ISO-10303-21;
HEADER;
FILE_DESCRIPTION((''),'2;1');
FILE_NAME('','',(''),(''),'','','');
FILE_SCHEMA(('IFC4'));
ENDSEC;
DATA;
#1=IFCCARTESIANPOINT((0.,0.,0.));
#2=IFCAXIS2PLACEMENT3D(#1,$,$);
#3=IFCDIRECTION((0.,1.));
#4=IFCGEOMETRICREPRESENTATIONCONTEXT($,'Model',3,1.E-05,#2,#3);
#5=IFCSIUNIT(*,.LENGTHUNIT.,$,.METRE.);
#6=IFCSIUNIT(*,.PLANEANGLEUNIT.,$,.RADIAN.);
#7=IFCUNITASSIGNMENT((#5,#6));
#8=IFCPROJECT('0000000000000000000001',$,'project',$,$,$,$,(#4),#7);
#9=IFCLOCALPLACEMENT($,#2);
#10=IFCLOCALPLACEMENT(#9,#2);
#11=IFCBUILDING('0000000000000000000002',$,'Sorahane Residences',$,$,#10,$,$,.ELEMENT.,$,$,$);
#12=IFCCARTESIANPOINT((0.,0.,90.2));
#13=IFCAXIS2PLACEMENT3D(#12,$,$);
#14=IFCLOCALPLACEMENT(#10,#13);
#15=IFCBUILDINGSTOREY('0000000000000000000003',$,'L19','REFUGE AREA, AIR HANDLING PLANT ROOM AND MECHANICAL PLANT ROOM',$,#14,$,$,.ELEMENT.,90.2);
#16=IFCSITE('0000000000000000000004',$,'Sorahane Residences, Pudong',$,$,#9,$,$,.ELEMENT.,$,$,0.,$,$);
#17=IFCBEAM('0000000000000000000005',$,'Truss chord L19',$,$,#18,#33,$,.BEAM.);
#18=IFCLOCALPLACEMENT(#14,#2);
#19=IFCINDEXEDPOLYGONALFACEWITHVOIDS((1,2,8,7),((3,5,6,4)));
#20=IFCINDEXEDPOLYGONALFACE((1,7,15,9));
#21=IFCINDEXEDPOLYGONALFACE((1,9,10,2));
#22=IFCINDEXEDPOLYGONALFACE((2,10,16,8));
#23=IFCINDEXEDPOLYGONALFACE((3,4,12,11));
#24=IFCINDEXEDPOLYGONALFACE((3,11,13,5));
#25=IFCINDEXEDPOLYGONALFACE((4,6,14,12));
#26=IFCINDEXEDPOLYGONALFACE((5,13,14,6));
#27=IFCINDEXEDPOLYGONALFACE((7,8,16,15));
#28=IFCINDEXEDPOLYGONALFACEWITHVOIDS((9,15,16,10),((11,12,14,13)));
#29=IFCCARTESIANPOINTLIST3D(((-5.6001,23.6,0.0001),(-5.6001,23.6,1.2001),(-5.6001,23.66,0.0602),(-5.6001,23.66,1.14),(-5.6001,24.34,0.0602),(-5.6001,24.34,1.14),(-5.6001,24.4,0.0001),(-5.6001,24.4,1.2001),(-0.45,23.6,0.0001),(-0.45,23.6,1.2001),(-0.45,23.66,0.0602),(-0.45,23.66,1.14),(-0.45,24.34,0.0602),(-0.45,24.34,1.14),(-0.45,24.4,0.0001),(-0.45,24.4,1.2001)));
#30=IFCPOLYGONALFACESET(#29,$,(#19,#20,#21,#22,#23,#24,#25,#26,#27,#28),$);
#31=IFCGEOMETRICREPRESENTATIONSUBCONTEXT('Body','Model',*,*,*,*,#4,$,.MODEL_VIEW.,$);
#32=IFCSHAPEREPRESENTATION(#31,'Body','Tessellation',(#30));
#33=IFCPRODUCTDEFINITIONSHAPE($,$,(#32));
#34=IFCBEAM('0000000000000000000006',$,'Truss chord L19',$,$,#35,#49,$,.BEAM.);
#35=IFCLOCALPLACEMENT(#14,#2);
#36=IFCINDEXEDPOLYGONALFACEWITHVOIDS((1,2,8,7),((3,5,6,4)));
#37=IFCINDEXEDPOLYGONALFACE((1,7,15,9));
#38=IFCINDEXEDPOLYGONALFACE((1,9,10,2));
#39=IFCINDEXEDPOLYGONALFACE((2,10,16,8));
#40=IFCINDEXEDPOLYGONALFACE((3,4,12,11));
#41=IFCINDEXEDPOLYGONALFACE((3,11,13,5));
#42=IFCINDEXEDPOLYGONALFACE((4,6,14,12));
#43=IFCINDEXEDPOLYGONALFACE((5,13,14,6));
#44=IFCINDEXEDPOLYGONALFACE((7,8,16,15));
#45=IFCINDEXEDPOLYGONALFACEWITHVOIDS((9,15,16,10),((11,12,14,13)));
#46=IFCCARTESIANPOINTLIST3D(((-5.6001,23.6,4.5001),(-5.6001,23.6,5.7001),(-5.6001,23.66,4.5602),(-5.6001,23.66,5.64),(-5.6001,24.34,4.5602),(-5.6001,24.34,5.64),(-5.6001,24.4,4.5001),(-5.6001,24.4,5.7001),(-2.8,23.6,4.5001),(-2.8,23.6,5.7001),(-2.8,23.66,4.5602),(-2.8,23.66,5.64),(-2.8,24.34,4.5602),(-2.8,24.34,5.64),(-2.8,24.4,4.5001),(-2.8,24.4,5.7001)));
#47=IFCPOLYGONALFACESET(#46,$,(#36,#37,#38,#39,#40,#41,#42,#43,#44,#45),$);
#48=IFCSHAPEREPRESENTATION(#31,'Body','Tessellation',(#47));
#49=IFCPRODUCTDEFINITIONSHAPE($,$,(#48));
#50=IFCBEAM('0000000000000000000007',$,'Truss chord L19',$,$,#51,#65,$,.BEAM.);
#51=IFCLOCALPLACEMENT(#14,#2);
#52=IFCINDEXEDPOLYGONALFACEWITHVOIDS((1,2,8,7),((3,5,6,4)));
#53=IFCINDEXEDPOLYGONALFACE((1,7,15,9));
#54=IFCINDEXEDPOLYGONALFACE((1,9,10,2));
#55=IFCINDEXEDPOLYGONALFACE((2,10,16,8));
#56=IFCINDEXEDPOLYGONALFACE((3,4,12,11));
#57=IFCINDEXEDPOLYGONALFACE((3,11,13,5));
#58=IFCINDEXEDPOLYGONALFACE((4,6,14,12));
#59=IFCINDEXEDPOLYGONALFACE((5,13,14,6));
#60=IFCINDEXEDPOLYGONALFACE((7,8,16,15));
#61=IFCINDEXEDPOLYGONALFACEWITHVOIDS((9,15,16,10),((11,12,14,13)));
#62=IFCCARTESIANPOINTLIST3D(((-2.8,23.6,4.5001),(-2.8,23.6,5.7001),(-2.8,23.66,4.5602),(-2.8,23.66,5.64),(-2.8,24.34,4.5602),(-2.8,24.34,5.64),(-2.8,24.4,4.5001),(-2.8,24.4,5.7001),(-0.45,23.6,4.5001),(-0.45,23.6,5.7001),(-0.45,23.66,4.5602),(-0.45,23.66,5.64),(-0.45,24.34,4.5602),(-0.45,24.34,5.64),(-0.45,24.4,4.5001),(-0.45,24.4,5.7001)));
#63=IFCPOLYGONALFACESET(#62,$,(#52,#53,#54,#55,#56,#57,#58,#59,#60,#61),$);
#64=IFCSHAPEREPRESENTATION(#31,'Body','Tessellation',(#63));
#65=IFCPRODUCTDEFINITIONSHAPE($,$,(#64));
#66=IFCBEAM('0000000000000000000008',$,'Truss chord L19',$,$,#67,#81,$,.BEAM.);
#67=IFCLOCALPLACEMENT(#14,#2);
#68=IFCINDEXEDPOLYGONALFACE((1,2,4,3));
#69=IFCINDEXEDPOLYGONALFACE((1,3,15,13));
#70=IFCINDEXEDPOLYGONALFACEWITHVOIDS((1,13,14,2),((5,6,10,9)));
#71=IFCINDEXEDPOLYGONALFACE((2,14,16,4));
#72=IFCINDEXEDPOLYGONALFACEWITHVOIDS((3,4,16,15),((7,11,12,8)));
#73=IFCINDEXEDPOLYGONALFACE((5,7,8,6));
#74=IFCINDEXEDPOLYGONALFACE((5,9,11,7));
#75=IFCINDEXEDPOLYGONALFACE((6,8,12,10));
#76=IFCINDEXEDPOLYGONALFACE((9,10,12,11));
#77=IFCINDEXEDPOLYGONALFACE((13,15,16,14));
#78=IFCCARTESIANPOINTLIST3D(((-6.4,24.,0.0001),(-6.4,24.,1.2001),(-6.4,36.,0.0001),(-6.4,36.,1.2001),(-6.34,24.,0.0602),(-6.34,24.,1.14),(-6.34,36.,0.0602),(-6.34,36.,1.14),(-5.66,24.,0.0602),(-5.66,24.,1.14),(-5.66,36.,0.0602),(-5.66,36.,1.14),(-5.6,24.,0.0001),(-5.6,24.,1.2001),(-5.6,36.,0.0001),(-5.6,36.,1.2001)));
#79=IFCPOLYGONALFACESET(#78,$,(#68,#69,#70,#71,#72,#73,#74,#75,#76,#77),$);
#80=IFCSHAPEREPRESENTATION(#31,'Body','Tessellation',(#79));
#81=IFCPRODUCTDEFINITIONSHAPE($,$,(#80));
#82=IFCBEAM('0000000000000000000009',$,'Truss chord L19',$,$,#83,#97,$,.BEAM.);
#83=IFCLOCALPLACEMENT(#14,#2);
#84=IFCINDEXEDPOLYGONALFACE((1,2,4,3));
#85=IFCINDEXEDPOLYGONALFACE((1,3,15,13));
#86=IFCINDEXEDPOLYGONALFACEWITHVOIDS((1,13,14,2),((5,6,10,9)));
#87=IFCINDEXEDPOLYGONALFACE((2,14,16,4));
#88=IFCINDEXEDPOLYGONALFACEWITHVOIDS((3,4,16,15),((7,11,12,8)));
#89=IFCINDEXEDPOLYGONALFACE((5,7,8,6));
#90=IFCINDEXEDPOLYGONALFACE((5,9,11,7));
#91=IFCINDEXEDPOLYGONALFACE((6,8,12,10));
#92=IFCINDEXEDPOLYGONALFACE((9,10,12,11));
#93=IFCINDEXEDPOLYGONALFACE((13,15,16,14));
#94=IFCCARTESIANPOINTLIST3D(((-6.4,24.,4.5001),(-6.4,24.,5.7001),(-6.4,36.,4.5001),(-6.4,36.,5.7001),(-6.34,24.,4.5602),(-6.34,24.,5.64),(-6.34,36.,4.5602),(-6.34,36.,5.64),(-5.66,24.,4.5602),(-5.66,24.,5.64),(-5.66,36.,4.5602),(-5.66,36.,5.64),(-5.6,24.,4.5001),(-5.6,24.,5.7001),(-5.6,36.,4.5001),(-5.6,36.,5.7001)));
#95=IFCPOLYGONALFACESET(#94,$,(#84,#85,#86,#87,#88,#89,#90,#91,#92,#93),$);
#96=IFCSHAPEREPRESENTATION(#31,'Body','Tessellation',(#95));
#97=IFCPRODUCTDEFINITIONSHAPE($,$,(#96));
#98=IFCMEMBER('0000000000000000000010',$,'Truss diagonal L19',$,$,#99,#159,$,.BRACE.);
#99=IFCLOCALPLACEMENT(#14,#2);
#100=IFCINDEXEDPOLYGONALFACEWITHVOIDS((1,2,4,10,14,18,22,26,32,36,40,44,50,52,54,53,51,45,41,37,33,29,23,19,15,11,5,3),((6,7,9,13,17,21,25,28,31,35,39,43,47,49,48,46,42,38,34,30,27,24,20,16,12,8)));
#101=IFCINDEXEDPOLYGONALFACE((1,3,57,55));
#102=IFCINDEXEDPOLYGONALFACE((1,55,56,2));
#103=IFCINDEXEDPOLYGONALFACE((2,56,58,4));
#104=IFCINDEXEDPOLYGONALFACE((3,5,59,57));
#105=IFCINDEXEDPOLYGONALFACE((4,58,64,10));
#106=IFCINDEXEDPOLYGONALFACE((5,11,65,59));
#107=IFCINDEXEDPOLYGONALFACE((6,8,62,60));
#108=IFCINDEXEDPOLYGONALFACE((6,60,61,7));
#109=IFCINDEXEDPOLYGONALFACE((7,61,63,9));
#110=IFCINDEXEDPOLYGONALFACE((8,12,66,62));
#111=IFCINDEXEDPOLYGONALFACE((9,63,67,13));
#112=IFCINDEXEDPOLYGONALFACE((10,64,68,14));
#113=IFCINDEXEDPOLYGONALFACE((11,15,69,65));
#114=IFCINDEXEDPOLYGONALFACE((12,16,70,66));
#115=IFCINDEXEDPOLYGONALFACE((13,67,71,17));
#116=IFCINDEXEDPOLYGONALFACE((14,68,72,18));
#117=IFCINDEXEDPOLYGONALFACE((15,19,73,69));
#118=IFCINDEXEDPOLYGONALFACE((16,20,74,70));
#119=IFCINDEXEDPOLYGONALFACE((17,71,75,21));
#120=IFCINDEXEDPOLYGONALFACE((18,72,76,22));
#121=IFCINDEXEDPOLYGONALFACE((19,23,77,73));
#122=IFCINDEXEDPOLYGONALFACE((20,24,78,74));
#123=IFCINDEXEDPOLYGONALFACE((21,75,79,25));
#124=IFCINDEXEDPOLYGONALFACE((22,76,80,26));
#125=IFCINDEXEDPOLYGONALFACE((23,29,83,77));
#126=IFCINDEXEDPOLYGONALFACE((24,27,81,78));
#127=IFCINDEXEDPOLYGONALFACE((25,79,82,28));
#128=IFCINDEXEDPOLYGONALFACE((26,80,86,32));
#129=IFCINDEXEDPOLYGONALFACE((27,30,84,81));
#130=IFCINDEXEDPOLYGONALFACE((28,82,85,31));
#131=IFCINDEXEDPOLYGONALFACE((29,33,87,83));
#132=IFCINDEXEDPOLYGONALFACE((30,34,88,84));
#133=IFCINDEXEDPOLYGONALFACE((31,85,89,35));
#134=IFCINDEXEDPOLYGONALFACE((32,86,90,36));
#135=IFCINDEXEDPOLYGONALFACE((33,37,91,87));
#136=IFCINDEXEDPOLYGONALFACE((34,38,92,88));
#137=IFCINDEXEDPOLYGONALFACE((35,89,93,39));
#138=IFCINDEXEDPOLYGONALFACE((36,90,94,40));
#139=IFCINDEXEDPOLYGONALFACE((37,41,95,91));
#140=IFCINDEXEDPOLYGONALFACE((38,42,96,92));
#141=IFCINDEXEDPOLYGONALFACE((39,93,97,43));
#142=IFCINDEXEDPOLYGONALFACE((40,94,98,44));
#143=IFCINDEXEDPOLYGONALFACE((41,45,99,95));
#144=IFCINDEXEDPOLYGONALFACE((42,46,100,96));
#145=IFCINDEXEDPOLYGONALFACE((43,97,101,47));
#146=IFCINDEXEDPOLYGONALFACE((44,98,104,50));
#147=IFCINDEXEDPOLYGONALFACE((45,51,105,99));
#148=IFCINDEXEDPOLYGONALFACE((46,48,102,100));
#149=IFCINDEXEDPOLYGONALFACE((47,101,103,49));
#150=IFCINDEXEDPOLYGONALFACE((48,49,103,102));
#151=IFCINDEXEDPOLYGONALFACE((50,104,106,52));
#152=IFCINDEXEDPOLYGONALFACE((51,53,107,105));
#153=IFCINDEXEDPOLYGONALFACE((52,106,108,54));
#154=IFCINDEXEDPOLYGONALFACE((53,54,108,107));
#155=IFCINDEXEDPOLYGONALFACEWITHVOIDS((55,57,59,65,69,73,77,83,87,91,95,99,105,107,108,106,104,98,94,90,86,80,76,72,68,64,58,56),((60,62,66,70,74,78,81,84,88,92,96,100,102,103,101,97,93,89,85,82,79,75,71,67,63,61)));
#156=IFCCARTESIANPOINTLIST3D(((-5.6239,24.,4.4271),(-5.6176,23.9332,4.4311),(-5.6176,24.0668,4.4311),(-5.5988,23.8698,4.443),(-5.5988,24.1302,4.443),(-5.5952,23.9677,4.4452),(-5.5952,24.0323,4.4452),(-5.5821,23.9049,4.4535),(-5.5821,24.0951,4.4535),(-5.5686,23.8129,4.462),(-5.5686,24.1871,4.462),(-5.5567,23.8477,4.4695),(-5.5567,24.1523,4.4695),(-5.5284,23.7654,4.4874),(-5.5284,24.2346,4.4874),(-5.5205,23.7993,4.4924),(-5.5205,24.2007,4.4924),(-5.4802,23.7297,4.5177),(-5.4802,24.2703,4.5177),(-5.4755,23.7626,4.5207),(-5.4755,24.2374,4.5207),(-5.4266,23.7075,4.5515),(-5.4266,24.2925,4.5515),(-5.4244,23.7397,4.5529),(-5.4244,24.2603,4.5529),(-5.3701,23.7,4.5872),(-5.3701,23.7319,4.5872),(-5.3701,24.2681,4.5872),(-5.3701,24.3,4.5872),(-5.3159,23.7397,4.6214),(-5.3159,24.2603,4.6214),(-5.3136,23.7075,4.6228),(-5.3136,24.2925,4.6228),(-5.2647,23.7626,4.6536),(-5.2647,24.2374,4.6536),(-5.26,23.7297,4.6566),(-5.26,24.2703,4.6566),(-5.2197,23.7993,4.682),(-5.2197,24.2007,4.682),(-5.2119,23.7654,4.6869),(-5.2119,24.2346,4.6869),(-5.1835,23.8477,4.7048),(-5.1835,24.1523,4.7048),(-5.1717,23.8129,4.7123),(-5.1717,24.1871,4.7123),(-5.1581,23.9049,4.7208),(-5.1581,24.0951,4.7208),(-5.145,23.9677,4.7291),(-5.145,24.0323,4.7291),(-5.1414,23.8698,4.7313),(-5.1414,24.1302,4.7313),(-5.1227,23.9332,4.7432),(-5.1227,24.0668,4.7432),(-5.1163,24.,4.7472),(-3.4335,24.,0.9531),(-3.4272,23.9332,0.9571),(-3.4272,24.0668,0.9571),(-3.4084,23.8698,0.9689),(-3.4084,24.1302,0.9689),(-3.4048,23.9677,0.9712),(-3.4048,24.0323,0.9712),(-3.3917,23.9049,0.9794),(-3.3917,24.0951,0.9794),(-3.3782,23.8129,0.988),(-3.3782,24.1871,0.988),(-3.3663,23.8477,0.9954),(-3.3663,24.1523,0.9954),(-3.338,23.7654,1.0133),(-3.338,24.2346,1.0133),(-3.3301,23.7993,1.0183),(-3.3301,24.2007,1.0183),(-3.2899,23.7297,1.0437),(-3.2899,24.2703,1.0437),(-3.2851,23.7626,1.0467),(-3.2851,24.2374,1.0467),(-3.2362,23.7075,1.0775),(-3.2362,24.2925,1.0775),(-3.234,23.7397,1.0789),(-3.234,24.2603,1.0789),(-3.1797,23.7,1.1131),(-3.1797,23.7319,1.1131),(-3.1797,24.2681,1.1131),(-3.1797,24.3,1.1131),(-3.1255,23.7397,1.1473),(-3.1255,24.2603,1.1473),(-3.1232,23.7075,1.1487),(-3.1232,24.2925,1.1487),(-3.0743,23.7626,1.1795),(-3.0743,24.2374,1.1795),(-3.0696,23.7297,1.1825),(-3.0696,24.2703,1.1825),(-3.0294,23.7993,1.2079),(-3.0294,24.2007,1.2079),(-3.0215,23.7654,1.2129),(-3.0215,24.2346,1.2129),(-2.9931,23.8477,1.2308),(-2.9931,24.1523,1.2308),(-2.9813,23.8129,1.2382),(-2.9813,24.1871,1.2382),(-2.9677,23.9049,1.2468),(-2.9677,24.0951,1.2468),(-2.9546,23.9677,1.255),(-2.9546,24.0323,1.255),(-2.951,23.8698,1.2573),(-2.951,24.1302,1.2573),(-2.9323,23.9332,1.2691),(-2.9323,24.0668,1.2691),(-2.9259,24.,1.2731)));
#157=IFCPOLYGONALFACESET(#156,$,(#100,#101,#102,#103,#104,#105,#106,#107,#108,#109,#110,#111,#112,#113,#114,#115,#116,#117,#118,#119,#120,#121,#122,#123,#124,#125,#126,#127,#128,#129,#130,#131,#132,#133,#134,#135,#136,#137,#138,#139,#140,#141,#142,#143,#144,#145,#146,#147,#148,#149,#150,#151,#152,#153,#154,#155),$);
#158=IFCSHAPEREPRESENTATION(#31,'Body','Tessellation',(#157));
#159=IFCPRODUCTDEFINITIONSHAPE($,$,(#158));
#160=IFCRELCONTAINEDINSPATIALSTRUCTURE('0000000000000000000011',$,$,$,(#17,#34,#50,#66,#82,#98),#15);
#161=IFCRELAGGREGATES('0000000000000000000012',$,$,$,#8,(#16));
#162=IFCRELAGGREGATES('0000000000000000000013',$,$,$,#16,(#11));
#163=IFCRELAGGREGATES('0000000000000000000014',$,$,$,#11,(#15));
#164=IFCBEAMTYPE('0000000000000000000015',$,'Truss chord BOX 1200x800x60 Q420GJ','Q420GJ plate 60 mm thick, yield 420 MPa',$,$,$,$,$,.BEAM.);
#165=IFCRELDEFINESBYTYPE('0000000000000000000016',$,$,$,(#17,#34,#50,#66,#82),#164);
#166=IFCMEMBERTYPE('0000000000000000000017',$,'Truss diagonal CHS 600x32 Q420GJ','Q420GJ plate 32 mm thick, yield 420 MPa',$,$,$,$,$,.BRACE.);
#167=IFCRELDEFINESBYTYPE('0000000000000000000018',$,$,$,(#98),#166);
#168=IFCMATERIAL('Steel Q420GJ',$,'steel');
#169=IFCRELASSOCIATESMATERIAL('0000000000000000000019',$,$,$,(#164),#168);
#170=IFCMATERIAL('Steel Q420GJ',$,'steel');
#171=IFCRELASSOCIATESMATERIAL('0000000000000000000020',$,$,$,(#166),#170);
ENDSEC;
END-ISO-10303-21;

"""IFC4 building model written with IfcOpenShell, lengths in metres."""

from ifc_helpers import new_model, si_unit, direction, frame, origin, origin_2d, place, context, subcontext, project, spatial, hollow_rectangle, hollow_circle, extrude, material, material_profile, profile_set, type_object, element, save


model = new_model("IFC4")

# Units and contexts
model_context = context("Model", 3, precision=1e-05, world=origin(), true_north=direction((0.0, 1.0)))
body_context = subcontext(model_context, "Body", "Model", "MODEL_VIEW")
ifc_project = project(units=[si_unit("LENGTHUNIT", "METRE"), si_unit("PLANEANGLEUNIT", "RADIAN")], contexts=[model_context])

# Site, building, storey
site_placement = place(None, origin())
site = spatial("IfcSite", under=ifc_project, at=site_placement, Name="Sorahane Residences, Pudong", CompositionType="ELEMENT", RefElevation=0.0)
building_placement = place(site_placement, origin())
building = spatial("IfcBuilding", under=site, at=building_placement, Name="Sorahane Residences", CompositionType="ELEMENT")
storey_placement = place(building_placement, frame((0.0, 0.0, 90.2)))
storey = spatial("IfcBuildingStorey", under=building, at=storey_placement, Name="L19", Description="REFUGE AREA, AIR HANDLING PLANT ROOM AND MECHANICAL PLANT ROOM", CompositionType="ELEMENT", Elevation=90.2)

# Beams
ifc_material_1 = material(Name="Steel Q420GJ", Category="steel")
ifc_material_profile_1 = material_profile(ifc_material_1, hollow_rectangle(XDim=0.8, YDim=1.2, WallThickness=0.0601, at=origin_2d()), Name="BOX 1200x800x60")
ifc_profile_set_1 = profile_set([ifc_material_profile_1], Name="Steel Q420GJ")
beam_type_1 = type_object("IfcBeamType", Name="Truss chord BOX 1200x800x60 Q420GJ", Description="Q420GJ plate 60 mm thick, yield 420 MPa", PredefinedType="BEAM", material=ifc_profile_set_1)
beam_1_placement = place(storey_placement, frame((-5.6001, 24.0, 0.6001), z_axis=(1.0, 0.0, 0.0), x_axis=(0.0, 1.0, 0.0)))
element("IfcBeam", 1, at=beam_1_placement, inside=storey, type_object=beam_type_1, Name="Truss chord L19", PredefinedType="BEAM", context=body_context, shape_type="SweptSolid", body=[
    extrude(hollow_rectangle(XDim=0.8, YDim=1.2, WallThickness=0.0601, at=origin_2d()), origin(), (0.0, 0.0, 1.0), 5.1501),
])
beam_2_placement = place(storey_placement, frame((-5.6001, 24.0, 5.1001), z_axis=(1.0, 0.0, 0.0), x_axis=(0.0, 1.0, 0.0)))
element("IfcBeam", 2, at=beam_2_placement, inside=storey, type_object=beam_type_1, Name="Truss chord L19", PredefinedType="BEAM", context=body_context, shape_type="SweptSolid", body=[
    extrude(hollow_rectangle(XDim=0.8, YDim=1.2, WallThickness=0.0601, at=origin_2d()), origin(), (0.0, 0.0, 1.0), 2.8),
])
beam_3_placement = place(storey_placement, frame((-2.8, 24.0, 5.1001), z_axis=(1.0, 0.0, 0.0), x_axis=(0.0, 1.0, 0.0)))
element("IfcBeam", 3, at=beam_3_placement, inside=storey, type_object=beam_type_1, Name="Truss chord L19", PredefinedType="BEAM", context=body_context, shape_type="SweptSolid", body=[
    extrude(hollow_rectangle(XDim=0.8, YDim=1.2, WallThickness=0.0601, at=origin_2d()), origin(), (0.0, 0.0, 1.0), 2.3501),
])
for number, where, z_axis, x_axis, name in (
    (4, (-6.0, 24.0, 0.6001), (0.0, 1.0, 0.0), (-1.0, 0.0, 0.0), "Truss chord L19"),
    (5, (-6.0, 24.0, 5.1001), (0.0, 1.0, 0.0), (-1.0, 0.0, 0.0), "Truss chord L19"),
):
    element("IfcBeam", number, at=place(storey_placement, frame(where, z_axis=z_axis, x_axis=x_axis)), inside=storey, type_object=beam_type_1, Name=name, PredefinedType="BEAM", context=body_context, shape_type="SweptSolid", body=[
        extrude(hollow_rectangle(XDim=0.8, YDim=1.2, WallThickness=0.0601, at=origin_2d()), origin(), (0.0, 0.0, 1.0), 12.0),
    ])

# Member
ifc_material_2 = material(Name="Steel Q420GJ", Category="steel")
ifc_material_profile_2 = material_profile(ifc_material_2, hollow_circle(Radius=0.3, WallThickness=0.032, at=origin_2d()), Name="CHS 600x32")
ifc_profile_set_2 = profile_set([ifc_material_profile_2], Name="Steel Q420GJ")
member_type = type_object("IfcMemberType", Name="Truss diagonal CHS 600x32 Q420GJ", Description="Q420GJ plate 32 mm thick, yield 420 MPa", PredefinedType="BRACE", material=ifc_profile_set_2)
member_1_placement = place(storey_placement, frame((-5.3701, 24.0, 4.5872), z_axis=(0.53334, 0.0, -0.845901), x_axis=(0.0, 1.0, 0.0)))
element("IfcMember", 6, at=member_1_placement, inside=storey, type_object=member_type, Name="Truss diagonal L19", PredefinedType="BRACE", context=body_context, shape_type="SweptSolid", body=[
    extrude(hollow_circle(Radius=0.3, WallThickness=0.032, at=origin_2d()), origin(), (0.0, 0.0, 1.0), 4.1069),
])

save(model, "model.ifc")
